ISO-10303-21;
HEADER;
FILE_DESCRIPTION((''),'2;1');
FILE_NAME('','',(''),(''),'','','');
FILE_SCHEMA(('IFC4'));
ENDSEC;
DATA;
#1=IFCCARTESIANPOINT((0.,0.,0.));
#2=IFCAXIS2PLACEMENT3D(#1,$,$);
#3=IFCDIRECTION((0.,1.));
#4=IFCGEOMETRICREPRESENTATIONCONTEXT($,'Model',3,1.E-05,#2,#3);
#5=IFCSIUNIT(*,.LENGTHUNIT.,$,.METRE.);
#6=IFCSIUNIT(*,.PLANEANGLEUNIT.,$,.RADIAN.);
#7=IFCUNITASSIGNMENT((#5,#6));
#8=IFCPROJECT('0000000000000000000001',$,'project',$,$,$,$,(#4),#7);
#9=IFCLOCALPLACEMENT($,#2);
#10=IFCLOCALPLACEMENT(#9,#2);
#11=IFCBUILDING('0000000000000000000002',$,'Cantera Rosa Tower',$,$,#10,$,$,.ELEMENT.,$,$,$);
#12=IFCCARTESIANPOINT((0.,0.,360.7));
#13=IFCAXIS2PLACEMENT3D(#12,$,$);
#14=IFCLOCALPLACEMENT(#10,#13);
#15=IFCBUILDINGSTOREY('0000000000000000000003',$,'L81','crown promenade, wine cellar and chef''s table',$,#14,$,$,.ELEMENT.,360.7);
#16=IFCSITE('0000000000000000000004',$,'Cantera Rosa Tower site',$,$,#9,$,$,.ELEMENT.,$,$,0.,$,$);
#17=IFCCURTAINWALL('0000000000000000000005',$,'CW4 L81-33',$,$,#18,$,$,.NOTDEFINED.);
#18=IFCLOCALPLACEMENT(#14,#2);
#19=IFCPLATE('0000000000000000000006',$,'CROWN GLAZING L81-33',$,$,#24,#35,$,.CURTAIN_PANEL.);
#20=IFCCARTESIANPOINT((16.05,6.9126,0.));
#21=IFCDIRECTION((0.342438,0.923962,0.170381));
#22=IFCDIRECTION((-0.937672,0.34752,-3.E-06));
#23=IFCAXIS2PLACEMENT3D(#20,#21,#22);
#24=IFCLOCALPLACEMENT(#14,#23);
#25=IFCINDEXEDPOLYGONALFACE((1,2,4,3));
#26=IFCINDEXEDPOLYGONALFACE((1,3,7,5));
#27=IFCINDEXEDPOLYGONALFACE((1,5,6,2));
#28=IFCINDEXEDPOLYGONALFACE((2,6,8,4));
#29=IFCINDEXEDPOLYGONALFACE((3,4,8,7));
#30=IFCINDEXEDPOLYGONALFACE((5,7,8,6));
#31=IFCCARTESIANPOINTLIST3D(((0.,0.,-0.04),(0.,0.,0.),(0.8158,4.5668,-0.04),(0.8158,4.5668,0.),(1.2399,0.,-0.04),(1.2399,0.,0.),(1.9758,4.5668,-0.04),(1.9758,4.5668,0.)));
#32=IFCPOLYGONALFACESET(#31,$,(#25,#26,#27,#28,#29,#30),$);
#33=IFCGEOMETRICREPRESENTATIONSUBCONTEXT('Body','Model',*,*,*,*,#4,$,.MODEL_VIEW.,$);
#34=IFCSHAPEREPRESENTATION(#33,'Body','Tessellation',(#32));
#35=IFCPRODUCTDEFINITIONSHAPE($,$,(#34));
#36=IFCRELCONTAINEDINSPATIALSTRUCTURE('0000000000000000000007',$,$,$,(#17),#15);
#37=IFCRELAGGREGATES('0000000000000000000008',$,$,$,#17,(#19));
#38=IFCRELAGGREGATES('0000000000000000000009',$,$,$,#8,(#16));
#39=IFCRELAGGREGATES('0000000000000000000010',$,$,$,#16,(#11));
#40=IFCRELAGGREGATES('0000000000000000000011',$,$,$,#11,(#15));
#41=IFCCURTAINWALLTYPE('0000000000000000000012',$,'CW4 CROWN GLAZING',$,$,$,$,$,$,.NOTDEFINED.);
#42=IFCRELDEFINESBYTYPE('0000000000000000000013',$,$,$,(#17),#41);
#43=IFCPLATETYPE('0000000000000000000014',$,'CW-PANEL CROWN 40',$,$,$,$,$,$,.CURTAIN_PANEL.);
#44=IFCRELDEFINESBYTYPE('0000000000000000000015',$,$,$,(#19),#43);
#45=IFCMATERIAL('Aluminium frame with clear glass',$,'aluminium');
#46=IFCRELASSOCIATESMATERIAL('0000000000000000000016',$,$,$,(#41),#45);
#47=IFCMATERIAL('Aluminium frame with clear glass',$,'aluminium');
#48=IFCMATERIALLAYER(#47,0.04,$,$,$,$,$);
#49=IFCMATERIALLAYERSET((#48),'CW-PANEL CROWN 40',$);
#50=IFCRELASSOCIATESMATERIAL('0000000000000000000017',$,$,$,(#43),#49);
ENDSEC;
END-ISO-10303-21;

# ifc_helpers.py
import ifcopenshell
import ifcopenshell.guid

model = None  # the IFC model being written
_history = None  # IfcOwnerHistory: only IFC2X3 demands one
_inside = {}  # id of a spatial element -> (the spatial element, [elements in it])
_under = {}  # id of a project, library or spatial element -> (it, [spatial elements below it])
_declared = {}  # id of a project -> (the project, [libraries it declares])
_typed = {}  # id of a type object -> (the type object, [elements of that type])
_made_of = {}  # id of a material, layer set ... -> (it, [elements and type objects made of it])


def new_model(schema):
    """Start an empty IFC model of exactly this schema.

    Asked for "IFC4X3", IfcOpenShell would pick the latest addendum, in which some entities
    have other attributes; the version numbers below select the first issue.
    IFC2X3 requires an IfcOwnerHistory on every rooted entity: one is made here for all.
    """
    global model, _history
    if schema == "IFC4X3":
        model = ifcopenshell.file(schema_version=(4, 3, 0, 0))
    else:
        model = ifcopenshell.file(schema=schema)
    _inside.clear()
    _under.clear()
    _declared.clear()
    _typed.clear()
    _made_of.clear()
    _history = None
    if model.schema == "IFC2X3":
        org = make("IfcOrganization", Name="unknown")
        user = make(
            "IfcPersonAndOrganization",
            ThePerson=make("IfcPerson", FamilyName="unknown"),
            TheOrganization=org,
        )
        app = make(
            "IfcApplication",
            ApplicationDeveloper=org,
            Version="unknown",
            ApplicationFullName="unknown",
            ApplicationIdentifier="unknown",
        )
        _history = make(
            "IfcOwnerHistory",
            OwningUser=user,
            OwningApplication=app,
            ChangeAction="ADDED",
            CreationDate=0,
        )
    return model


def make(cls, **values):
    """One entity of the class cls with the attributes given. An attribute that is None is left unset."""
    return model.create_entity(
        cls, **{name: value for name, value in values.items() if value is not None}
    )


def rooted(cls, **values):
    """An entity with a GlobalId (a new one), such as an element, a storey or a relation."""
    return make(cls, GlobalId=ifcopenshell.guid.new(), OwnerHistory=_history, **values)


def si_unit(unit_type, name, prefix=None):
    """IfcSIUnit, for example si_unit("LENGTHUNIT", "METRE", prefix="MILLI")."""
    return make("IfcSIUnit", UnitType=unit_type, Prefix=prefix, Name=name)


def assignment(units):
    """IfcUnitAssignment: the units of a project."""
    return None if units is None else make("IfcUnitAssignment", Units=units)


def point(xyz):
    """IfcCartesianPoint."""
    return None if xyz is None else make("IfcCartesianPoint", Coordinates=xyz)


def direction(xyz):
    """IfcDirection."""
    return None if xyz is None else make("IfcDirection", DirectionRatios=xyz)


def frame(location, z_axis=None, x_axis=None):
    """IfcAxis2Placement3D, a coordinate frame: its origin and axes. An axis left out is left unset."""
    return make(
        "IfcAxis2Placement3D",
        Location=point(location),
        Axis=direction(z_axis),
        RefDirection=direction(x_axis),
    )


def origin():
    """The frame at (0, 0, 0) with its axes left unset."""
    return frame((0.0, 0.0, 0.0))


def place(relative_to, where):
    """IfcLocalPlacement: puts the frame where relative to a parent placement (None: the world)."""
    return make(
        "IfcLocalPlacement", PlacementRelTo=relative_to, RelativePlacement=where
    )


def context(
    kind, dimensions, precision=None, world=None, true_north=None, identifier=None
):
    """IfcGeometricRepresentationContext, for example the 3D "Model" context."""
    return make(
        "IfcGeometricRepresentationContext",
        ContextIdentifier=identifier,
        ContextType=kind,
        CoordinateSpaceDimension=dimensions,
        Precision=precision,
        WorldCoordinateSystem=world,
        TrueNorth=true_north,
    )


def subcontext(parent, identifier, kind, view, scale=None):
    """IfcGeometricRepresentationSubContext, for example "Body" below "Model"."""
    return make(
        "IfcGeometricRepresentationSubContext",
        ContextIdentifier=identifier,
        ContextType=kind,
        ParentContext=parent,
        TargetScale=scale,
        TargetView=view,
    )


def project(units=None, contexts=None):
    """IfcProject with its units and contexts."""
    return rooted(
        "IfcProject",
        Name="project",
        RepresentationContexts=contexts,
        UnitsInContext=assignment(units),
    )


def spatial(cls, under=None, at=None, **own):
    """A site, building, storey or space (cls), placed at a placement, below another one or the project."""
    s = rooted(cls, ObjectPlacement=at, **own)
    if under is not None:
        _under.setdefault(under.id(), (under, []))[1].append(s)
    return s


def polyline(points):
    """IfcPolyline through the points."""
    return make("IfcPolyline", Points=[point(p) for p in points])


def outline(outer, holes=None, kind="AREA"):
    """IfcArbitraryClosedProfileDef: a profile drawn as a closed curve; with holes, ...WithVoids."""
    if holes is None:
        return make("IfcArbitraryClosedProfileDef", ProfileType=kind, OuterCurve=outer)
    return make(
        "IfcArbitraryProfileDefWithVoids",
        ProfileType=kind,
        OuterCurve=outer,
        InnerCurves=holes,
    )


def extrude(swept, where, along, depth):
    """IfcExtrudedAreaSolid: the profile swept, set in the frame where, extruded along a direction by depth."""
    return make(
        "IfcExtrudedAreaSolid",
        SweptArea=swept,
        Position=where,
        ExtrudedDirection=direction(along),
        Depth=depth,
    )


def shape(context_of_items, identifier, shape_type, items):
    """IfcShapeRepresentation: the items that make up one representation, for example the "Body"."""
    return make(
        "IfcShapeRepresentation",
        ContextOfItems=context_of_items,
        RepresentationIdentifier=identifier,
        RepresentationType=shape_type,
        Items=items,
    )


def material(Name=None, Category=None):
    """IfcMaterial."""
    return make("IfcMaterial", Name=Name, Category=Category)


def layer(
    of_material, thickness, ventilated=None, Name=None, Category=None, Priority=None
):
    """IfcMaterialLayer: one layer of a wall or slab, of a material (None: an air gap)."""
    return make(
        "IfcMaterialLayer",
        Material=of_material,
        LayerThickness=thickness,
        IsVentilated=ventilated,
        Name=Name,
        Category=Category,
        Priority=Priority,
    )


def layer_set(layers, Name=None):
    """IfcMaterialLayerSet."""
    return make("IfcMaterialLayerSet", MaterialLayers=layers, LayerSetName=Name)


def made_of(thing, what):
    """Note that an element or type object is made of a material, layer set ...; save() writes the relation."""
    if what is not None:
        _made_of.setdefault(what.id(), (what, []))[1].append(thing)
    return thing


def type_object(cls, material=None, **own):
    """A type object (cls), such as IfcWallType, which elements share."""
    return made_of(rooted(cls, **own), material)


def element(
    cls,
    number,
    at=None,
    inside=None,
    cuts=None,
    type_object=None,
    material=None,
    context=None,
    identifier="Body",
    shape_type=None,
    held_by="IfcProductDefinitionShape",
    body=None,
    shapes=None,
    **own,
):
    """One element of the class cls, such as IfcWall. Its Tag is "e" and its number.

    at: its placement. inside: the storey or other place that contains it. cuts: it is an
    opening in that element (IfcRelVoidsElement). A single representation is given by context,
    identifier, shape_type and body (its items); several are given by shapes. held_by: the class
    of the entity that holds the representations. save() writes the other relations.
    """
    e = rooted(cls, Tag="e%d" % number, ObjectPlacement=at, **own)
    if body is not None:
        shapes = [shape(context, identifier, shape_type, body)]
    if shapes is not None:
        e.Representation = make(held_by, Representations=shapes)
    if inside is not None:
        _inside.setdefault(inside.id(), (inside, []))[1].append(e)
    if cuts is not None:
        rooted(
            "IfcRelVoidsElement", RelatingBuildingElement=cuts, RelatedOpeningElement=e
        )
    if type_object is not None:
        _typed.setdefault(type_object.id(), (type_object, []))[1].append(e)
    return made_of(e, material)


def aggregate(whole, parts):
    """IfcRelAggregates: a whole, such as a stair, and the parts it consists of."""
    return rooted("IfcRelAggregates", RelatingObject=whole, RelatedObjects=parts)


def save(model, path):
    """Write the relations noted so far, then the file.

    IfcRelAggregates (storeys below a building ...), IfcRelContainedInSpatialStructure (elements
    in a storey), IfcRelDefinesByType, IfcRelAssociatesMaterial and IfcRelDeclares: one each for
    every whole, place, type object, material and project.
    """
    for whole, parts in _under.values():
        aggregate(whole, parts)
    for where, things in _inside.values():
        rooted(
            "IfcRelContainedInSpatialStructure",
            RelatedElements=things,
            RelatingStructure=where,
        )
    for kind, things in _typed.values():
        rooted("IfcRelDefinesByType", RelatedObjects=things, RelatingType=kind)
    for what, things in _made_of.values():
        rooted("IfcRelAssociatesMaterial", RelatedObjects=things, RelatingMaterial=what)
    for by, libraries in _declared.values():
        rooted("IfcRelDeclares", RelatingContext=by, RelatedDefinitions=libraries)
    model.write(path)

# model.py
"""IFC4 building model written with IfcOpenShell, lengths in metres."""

from ifc_helpers import new_model, si_unit, direction, frame, origin, place, context, subcontext, project, spatial, polyline, outline, extrude, material, layer, layer_set, type_object, element, aggregate, save


model = new_model("IFC4")

# Units and contexts
model_context = context("Model", 3, precision=1e-05, world=origin(), true_north=direction((0.0, 1.0)))
body_context = subcontext(model_context, "Body", "Model", "MODEL_VIEW")
ifc_project = project(units=[si_unit("LENGTHUNIT", "METRE"), si_unit("PLANEANGLEUNIT", "RADIAN")], contexts=[model_context])

# Site, building, storey
site_placement = place(None, origin())
site = spatial("IfcSite", under=ifc_project, at=site_placement, Name="Cantera Rosa Tower site", CompositionType="ELEMENT", RefElevation=0.0)
building_placement = place(site_placement, origin())
building = spatial("IfcBuilding", under=site, at=building_placement, Name="Cantera Rosa Tower", CompositionType="ELEMENT")
storey_placement = place(building_placement, frame((0.0, 0.0, 360.7)))
storey = spatial("IfcBuildingStorey", under=building, at=storey_placement, Name="L81", Description="crown promenade, wine cellar and chef's table", CompositionType="ELEMENT", Elevation=360.7)

# Curtain wall
ifc_material_1 = material(Name="Aluminium frame with clear glass", Category="aluminium")
curtain_wall_type = type_object("IfcCurtainWallType", Name="CW4 CROWN GLAZING", PredefinedType="NOTDEFINED", material=ifc_material_1)
curtain_wall_1_placement = place(storey_placement, origin())
curtain_wall_1 = element("IfcCurtainWall", 1, at=curtain_wall_1_placement, inside=storey, type_object=curtain_wall_type, Name="CW4 L81-33", PredefinedType="NOTDEFINED")

# Plate
ifc_material_2 = material(Name="Aluminium frame with clear glass", Category="aluminium")
ifc_layer_1 = layer(ifc_material_2, 0.04)
ifc_layer_set_1 = layer_set([ifc_layer_1], Name="CW-PANEL CROWN 40")
plate_type = type_object("IfcPlateType", Name="CW-PANEL CROWN 40", PredefinedType="CURTAIN_PANEL", material=ifc_layer_set_1)
plate_1_placement = place(storey_placement, frame((16.05, 6.9126, 0.0), z_axis=(0.342438, 0.923962, 0.170381), x_axis=(-0.937672, 0.34752, -0.000003)))
plate_1 = element("IfcPlate", 2, at=plate_1_placement, type_object=plate_type, Name="CROWN GLAZING L81-33", PredefinedType="CURTAIN_PANEL", context=body_context, shape_type="SweptSolid", body=[
    extrude(outline(polyline([(0.0, 0.0), (1.2399, 0.0), (1.9758, 4.5668), (0.8158, 4.5668), (0.0, 0.0)])), origin(), (0.0, 0.0, -1.0), 0.04),
])

aggregate(curtain_wall_1, [plate_1])

save(model, "model.ifc")
